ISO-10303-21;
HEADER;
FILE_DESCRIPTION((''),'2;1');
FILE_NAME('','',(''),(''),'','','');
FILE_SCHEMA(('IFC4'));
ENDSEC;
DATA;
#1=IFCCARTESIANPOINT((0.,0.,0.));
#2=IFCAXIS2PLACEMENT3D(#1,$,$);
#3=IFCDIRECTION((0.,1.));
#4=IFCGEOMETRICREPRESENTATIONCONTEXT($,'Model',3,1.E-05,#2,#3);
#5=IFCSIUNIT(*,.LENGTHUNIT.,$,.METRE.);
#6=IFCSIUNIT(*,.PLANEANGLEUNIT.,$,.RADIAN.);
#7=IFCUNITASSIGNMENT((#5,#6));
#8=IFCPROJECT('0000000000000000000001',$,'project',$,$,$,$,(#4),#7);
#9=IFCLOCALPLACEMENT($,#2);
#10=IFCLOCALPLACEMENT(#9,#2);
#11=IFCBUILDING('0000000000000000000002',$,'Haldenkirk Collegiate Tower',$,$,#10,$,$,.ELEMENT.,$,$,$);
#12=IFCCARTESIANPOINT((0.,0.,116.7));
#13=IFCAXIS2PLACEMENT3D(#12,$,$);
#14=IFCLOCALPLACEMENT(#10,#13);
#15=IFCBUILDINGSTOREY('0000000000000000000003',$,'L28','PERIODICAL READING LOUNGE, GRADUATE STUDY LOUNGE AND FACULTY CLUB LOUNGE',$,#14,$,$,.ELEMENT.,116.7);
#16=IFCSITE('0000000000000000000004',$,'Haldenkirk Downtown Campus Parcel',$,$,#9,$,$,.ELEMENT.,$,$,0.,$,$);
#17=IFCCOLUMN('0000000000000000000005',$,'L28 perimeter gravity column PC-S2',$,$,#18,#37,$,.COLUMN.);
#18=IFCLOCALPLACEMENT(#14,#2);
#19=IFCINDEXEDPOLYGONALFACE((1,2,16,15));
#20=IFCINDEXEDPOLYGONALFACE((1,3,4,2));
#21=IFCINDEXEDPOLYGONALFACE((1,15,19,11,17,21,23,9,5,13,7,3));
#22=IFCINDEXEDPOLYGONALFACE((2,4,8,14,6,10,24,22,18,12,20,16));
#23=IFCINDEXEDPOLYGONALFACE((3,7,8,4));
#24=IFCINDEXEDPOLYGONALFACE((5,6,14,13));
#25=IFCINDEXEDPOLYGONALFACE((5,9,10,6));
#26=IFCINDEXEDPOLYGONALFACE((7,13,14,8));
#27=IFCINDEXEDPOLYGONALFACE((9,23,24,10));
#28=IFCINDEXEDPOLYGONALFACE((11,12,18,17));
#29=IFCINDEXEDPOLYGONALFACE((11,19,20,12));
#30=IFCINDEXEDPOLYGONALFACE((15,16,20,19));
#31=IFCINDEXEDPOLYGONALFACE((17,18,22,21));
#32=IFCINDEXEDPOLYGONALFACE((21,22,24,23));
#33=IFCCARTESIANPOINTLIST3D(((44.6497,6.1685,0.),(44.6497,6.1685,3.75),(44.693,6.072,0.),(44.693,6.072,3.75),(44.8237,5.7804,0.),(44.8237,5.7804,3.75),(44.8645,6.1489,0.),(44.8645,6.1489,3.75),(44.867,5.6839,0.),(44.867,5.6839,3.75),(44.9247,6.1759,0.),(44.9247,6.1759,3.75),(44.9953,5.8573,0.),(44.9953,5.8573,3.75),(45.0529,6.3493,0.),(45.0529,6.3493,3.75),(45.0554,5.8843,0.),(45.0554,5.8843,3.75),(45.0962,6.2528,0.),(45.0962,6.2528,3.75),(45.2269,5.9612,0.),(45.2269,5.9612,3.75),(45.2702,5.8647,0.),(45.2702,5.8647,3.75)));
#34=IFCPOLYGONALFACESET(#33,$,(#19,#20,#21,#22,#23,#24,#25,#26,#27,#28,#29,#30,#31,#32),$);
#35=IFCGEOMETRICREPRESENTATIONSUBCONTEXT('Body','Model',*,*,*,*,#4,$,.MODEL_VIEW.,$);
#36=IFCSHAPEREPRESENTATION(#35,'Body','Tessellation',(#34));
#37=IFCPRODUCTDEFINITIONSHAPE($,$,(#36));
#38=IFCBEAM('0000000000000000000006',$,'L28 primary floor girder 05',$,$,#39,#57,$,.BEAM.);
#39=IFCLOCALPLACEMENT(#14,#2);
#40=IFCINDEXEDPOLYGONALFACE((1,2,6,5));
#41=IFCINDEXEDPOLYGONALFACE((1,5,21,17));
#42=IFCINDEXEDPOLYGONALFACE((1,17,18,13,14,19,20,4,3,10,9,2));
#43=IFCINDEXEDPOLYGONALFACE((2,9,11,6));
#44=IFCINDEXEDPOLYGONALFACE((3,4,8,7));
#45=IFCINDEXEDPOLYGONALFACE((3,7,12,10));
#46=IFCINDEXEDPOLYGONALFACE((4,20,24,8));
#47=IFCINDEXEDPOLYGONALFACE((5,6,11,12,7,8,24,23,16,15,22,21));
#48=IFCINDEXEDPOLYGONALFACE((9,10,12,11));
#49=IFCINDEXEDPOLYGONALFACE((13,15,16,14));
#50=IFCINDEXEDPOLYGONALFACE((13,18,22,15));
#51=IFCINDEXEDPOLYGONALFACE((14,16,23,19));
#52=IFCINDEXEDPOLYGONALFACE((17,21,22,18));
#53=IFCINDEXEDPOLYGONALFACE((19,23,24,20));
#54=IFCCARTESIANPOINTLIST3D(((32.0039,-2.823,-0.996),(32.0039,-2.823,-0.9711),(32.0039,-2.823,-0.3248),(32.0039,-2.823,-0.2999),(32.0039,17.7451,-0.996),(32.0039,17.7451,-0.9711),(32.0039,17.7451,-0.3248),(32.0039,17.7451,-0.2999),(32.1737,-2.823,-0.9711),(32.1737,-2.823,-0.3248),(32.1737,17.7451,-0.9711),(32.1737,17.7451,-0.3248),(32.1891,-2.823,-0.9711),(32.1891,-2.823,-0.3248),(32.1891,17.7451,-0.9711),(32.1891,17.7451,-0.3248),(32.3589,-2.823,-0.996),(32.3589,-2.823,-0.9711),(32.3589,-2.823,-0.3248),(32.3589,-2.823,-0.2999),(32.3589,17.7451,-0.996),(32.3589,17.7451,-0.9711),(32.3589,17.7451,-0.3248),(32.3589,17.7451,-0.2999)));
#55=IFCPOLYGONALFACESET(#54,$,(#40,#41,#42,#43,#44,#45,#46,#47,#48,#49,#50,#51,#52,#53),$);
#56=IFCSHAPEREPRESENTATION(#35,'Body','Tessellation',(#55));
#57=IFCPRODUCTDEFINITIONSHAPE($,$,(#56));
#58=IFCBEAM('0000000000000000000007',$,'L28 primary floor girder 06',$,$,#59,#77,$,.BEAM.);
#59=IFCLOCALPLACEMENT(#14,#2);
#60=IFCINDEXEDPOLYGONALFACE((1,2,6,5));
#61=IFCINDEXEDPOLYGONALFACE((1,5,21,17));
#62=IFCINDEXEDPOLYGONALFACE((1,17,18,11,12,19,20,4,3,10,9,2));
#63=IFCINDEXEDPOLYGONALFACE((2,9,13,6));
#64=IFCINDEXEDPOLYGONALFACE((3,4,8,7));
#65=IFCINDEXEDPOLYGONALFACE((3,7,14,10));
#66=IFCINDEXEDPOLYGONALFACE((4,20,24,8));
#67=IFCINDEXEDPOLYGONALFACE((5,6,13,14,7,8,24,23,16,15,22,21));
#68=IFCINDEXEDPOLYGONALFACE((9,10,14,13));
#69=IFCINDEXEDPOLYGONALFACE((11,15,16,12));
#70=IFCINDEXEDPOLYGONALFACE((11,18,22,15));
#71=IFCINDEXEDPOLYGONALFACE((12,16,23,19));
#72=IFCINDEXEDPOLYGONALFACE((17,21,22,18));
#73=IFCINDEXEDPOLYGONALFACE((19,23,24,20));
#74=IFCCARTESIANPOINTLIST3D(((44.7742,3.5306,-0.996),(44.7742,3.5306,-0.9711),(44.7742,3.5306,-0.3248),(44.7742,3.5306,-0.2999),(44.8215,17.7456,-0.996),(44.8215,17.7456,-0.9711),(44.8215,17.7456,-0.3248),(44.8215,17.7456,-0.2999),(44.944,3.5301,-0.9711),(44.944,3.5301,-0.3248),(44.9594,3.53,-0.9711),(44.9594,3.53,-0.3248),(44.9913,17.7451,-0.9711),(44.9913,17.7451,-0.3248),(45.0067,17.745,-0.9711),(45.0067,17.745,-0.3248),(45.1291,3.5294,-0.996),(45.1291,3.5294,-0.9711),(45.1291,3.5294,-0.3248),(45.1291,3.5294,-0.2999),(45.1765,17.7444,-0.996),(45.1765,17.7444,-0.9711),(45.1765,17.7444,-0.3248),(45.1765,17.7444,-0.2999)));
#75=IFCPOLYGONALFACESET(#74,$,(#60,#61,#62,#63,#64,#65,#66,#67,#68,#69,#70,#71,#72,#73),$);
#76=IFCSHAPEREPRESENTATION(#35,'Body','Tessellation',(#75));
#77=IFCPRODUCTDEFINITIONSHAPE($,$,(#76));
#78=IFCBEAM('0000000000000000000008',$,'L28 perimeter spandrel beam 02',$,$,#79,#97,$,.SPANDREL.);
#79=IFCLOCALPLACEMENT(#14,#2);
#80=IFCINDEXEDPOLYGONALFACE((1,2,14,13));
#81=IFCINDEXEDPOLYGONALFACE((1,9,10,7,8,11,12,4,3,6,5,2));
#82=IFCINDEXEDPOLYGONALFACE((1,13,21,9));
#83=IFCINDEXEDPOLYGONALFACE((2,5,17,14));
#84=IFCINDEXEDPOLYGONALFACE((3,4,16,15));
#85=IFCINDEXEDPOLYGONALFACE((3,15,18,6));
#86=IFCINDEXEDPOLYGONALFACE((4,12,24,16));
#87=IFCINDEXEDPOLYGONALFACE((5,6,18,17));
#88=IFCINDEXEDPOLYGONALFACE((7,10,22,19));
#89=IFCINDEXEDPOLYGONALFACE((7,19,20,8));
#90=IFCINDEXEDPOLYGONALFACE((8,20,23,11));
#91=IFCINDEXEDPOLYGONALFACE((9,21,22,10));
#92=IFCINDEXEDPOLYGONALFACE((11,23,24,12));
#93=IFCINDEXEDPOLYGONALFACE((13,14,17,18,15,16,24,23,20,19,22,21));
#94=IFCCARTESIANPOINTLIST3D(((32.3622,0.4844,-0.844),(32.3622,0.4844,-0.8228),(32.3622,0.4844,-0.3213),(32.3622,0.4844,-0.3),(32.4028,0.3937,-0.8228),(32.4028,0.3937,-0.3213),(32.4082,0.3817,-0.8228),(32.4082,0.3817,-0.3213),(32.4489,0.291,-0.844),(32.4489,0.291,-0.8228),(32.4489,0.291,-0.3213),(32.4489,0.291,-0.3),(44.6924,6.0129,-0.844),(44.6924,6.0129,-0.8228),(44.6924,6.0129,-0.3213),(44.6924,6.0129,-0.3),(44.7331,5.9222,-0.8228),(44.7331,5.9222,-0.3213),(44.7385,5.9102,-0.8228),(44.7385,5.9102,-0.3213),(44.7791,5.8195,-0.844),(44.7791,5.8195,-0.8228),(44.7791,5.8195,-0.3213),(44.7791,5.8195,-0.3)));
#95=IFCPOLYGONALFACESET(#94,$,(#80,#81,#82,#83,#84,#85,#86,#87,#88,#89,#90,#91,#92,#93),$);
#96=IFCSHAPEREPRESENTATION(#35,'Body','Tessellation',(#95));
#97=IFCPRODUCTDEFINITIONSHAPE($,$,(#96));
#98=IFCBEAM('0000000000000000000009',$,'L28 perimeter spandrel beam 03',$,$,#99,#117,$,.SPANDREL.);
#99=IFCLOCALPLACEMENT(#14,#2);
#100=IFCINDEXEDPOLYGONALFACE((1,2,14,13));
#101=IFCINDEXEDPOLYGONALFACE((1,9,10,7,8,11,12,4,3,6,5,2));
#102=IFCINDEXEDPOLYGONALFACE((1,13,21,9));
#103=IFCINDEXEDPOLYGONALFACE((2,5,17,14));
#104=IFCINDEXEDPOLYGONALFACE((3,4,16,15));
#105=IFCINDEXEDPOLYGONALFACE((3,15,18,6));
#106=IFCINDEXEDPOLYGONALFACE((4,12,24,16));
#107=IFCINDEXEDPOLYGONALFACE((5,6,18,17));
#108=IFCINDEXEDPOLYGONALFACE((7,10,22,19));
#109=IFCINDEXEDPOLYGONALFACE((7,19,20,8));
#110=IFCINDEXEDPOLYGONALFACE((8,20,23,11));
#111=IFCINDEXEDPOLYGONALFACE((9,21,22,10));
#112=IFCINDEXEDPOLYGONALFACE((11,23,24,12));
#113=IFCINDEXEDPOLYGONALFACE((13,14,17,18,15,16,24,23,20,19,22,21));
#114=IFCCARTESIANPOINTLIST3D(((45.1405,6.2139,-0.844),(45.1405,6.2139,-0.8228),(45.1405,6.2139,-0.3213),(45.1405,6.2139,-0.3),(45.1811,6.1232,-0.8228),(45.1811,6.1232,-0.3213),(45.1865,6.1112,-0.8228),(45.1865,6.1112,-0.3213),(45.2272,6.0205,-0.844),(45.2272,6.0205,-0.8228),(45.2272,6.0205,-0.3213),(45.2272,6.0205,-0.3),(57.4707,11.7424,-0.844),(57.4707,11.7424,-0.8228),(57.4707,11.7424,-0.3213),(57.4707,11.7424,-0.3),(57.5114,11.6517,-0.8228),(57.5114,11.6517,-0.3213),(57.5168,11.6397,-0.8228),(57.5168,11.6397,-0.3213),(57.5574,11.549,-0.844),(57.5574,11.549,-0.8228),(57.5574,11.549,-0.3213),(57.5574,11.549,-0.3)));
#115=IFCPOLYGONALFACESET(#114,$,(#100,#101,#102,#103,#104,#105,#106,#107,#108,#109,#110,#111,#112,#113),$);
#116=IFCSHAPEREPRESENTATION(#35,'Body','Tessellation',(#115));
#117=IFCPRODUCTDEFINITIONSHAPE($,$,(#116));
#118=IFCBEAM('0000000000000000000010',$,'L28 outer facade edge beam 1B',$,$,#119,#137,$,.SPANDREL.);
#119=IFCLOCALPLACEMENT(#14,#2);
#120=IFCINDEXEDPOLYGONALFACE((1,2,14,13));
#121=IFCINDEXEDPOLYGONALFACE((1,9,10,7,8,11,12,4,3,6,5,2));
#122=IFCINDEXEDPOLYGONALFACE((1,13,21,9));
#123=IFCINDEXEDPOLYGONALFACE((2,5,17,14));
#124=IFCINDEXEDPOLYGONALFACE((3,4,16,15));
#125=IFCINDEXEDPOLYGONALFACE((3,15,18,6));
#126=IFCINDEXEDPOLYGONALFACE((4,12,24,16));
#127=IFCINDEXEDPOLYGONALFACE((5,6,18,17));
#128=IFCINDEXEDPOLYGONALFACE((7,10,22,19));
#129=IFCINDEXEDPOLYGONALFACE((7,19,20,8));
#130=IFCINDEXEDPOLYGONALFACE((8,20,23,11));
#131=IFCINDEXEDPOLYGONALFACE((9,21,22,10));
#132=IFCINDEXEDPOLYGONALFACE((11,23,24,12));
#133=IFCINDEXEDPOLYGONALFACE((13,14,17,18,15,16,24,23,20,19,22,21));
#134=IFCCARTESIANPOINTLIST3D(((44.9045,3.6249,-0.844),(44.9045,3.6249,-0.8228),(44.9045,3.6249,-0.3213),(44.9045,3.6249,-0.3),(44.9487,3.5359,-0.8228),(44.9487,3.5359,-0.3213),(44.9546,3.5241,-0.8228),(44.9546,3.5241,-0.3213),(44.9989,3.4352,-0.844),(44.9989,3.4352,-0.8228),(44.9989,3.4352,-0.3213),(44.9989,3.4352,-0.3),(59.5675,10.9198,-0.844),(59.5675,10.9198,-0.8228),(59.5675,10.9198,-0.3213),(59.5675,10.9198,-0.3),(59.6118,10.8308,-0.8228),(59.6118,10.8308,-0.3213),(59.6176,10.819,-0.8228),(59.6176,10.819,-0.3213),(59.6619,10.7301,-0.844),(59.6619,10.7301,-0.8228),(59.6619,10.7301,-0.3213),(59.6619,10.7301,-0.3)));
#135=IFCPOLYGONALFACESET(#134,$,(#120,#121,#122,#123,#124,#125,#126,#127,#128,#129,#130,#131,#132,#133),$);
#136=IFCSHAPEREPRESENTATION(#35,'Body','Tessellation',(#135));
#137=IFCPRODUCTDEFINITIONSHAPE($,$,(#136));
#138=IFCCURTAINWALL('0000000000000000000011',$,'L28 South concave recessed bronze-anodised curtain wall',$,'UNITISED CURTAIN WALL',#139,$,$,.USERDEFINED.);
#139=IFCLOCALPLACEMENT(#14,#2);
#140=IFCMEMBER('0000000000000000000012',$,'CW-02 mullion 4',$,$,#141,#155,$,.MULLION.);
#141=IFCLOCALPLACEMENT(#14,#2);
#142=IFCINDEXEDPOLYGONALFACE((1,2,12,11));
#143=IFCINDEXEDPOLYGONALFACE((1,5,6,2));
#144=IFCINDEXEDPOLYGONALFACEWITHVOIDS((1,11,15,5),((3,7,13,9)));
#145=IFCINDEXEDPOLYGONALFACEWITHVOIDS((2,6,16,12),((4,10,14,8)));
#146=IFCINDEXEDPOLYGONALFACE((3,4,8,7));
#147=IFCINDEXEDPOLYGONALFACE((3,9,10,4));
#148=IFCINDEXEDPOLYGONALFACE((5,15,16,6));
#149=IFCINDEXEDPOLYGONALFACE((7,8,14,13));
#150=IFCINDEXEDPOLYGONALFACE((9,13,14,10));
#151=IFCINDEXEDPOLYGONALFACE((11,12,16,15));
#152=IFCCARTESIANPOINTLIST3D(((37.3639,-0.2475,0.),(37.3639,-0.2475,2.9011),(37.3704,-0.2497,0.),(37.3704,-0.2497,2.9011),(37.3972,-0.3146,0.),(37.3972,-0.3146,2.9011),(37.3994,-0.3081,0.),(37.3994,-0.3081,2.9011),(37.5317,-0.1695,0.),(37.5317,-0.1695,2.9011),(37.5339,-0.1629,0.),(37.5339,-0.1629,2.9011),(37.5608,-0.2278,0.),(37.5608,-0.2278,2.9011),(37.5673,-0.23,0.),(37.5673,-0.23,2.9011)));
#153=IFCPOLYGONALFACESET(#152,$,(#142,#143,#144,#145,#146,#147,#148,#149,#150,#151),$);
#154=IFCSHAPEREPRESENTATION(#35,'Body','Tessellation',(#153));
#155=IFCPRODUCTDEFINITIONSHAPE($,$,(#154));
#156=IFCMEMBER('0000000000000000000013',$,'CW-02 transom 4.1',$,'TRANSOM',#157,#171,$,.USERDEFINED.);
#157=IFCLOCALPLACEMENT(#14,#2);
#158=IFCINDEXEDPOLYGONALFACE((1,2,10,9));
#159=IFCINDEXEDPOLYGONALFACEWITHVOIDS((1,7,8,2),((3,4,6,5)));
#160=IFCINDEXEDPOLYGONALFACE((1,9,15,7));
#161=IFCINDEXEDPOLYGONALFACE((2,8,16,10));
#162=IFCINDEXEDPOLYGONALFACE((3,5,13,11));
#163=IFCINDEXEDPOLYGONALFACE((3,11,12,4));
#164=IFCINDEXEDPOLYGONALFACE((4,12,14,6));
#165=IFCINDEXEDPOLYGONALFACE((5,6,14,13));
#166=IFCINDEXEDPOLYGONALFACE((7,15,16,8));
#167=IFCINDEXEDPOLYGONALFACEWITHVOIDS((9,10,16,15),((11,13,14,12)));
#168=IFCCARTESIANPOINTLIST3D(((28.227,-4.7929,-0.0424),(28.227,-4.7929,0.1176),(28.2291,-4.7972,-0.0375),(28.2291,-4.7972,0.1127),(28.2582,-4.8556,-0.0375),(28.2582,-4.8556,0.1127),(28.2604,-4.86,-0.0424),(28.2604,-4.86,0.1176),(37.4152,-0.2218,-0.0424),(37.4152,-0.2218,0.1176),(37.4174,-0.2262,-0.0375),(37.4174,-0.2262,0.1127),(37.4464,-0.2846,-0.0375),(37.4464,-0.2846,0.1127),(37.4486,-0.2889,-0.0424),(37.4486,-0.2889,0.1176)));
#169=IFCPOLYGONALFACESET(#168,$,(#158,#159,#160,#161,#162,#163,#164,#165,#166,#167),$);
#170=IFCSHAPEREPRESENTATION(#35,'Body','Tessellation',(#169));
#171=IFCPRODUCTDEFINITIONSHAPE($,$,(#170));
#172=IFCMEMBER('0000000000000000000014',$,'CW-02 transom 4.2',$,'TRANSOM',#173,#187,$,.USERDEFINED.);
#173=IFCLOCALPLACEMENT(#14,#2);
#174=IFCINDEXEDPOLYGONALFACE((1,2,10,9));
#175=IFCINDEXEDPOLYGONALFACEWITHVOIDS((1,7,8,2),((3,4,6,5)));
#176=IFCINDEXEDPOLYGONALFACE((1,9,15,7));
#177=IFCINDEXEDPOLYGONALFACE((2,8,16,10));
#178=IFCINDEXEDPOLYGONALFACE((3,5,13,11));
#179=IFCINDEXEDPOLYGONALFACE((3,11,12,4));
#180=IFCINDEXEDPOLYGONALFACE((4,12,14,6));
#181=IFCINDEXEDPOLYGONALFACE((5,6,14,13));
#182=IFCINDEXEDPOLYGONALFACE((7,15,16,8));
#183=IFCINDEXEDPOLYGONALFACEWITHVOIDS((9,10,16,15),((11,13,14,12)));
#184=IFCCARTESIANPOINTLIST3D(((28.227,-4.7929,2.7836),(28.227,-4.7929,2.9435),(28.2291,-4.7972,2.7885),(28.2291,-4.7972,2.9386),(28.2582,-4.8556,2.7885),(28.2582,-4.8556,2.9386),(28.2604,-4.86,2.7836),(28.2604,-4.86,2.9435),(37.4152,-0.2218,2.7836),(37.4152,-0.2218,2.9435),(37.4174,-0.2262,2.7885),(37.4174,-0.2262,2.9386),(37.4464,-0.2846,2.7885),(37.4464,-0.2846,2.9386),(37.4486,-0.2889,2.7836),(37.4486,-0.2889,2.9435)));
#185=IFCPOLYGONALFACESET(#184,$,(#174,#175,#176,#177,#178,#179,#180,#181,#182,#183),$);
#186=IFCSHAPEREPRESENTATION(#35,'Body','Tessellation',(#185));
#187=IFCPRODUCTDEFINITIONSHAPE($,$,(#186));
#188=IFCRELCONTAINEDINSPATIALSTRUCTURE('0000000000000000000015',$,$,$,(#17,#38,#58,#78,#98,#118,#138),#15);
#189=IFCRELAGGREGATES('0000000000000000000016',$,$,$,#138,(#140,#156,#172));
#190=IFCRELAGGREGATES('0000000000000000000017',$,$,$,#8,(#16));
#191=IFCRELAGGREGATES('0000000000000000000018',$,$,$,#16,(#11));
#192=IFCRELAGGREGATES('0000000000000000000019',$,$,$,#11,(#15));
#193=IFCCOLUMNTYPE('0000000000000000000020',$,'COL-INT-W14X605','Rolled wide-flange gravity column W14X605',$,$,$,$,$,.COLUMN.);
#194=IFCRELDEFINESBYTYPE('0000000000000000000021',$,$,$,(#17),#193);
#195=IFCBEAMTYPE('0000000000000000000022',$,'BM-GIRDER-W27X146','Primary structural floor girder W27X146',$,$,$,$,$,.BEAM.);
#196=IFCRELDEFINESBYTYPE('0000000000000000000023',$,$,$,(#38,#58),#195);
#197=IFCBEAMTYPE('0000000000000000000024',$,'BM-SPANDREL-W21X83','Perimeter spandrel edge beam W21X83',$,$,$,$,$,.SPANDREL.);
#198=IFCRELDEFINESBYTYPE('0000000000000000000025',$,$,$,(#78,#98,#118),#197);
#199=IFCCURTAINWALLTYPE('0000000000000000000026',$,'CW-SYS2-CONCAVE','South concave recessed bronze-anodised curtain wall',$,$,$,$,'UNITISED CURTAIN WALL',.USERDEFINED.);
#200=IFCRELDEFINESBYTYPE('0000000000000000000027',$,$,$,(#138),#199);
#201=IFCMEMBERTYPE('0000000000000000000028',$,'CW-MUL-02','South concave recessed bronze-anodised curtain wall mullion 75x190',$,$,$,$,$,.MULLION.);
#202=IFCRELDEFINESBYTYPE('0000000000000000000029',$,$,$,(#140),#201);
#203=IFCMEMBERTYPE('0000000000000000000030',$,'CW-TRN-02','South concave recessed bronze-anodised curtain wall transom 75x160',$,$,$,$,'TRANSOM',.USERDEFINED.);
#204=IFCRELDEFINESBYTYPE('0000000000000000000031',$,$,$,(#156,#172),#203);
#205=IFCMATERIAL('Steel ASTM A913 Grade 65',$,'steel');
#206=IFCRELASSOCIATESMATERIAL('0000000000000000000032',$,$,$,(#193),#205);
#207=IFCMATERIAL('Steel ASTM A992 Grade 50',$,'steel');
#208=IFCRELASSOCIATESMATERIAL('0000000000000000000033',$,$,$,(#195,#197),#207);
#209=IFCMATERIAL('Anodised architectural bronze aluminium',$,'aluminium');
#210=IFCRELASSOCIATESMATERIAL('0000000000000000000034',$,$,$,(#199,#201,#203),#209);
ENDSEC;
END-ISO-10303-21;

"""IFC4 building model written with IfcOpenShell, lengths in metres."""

from ifc_helpers import new_model, si_unit, direction, frame, origin, origin_2d, place, context, subcontext, project, spatial, hollow_rectangle, i_section, extrude, material, material_profile, profile_set, type_object, element, aggregate, save


model = new_model("IFC4")

# Units and contexts
model_context = context("Model", 3, precision=1e-05, world=origin(), true_north=direction((0.0, 1.0)))
body_context = subcontext(model_context, "Body", "Model", "MODEL_VIEW")
ifc_project = project(units=[si_unit("LENGTHUNIT", "METRE"), si_unit("PLANEANGLEUNIT", "RADIAN")], contexts=[model_context])

# Site, building, storey
site_placement = place(None, origin())
site = spatial("IfcSite", under=ifc_project, at=site_placement, Name="Haldenkirk Downtown Campus Parcel", CompositionType="ELEMENT", RefElevation=0.0)
building_placement = place(site_placement, origin())
building = spatial("IfcBuilding", under=site, at=building_placement, Name="Haldenkirk Collegiate Tower", CompositionType="ELEMENT")
storey_placement = place(building_placement, frame((0.0, 0.0, 116.7)))
storey = spatial("IfcBuildingStorey", under=building, at=storey_placement, Name="L28", Description="PERIODICAL READING LOUNGE, GRADUATE STUDY LOUNGE AND FACULTY CLUB LOUNGE", CompositionType="ELEMENT", Elevation=116.7)

# Column
ifc_material_1 = material(Name="Steel ASTM A913 Grade 65", Category="steel")
ifc_material_profile_1 = material_profile(ifc_material_1, i_section(OverallWidth=0.4419, OverallDepth=0.531, WebThickness=0.0659, FlangeThickness=0.1057, at=origin_2d()), Name="W14X605")
ifc_profile_set_1 = profile_set([ifc_material_profile_1], Name="Steel ASTM A913 Grade 65")
column_type = type_object("IfcColumnType", Name="COL-INT-W14X605", Description="Rolled wide-flange gravity column W14X605", PredefinedType="COLUMN", material=ifc_profile_set_1)
column_placement = place(storey_placement, frame((44.96, 6.0166, 0.0), z_axis=(0.0, 0.0, 1.0), x_axis=(0.912477, 0.409127, 0.0)))
element("IfcColumn", 1, at=column_placement, inside=storey, type_object=column_type, Name="L28 perimeter gravity column PC-S2", PredefinedType="COLUMN", context=body_context, shape_type="SweptSolid", body=[
    extrude(i_section(OverallWidth=0.4419, OverallDepth=0.531, WebThickness=0.0659, FlangeThickness=0.1057, at=origin_2d()), origin(), (0.0, 0.0, 1.0), 3.75),
])

# Beams
ifc_material_2 = material(Name="Steel ASTM A992 Grade 50", Category="steel")
ifc_material_profile_2 = material_profile(ifc_material_2, i_section(OverallWidth=0.355, OverallDepth=0.696, WebThickness=0.0154, FlangeThickness=0.0249, at=origin_2d()), Name="W27X146")
ifc_profile_set_2 = profile_set([ifc_material_profile_2], Name="Steel ASTM A992 Grade 50")
beam_type_1 = type_object("IfcBeamType", Name="BM-GIRDER-W27X146", Description="Primary structural floor girder W27X146", PredefinedType="BEAM", material=ifc_profile_set_2)
beam_1_placement = place(storey_placement, frame((32.1814, -2.823, -0.6479), z_axis=(0.0, 1.0, 0.0), x_axis=(-1.0, 0.0, 0.0)))
element("IfcBeam", 2, at=beam_1_placement, inside=storey, type_object=beam_type_1, Name="L28 primary floor girder 05", PredefinedType="BEAM", context=body_context, shape_type="SweptSolid", body=[
    extrude(i_section(OverallWidth=0.355, OverallDepth=0.696, WebThickness=0.0154, FlangeThickness=0.0249, at=origin_2d()), origin(), (0.0, 0.0, 1.0), 20.5681),
])
beam_2_placement = place(storey_placement, frame((44.9517, 3.53, -0.6479), z_axis=(0.003332, 0.999994, 0.0), x_axis=(-0.999994, 0.003332, 0.0)))
element("IfcBeam", 3, at=beam_2_placement, inside=storey, type_object=beam_type_1, Name="L28 primary floor girder 06", PredefinedType="BEAM", context=body_context, shape_type="SweptSolid", body=[
    extrude(i_section(OverallWidth=0.355, OverallDepth=0.696, WebThickness=0.0154, FlangeThickness=0.0249, at=origin_2d()), origin(), (0.0, 0.0, 1.0), 14.2151),
])
ifc_material_profile_3 = material_profile(ifc_material_2, i_section(OverallWidth=0.2119, OverallDepth=0.5439, WebThickness=0.0132, FlangeThickness=0.0212, at=origin_2d()), Name="W21X83")
ifc_profile_set_3 = profile_set([ifc_material_profile_3], Name="Steel ASTM A992 Grade 50")
beam_type_2 = type_object("IfcBeamType", Name="BM-SPANDREL-W21X83", Description="Perimeter spandrel edge beam W21X83", PredefinedType="SPANDREL", material=ifc_profile_set_3)
for number, where, z_axis, x_axis, name in (
    (4, (32.4055, 0.3877, -0.572), (0.912477, 0.409129, 0.0), (-0.409129, 0.912477, 0.0), "L28 perimeter spandrel beam 02"),
    (5, (45.1838, 6.1172, -0.572), (0.912477, 0.409129, 0.0), (-0.409129, 0.912477, 0.0), "L28 perimeter spandrel beam 03"),
):
    element("IfcBeam", number, at=place(storey_placement, frame(where, z_axis=z_axis, x_axis=x_axis)), inside=storey, type_object=beam_type_2, Name=name, PredefinedType="SPANDREL", context=body_context, shape_type="SweptSolid", body=[
        extrude(i_section(OverallWidth=0.2119, OverallDepth=0.5439, WebThickness=0.0132, FlangeThickness=0.0212, at=origin_2d()), origin(), (0.0, 0.0, 1.0), 13.5129),
    ])
beam_3_placement = place(storey_placement, frame((44.9517, 3.53, -0.572), z_axis=(0.89532, 0.445424, 0.0), x_axis=(-0.445424, 0.89532, 0.0)))
element("IfcBeam", 6, at=beam_3_placement, inside=storey, type_object=beam_type_2, Name="L28 outer facade edge beam 1B", PredefinedType="SPANDREL", context=body_context, shape_type="SweptSolid", body=[
    extrude(i_section(OverallWidth=0.2119, OverallDepth=0.5439, WebThickness=0.0132, FlangeThickness=0.0212, at=origin_2d()), origin(), (0.0, 0.0, 1.0), 16.3774),
])

# Curtain wall, members
ifc_material_3 = material(Name="Anodised architectural bronze aluminium", Category="aluminium")
curtain_wall_type = type_object("IfcCurtainWallType", Name="CW-SYS2-CONCAVE", Description="South concave recessed bronze-anodised curtain wall", ElementType="UNITISED CURTAIN WALL", PredefinedType="USERDEFINED", material=ifc_material_3)
curtain_wall_placement = place(storey_placement, origin())
curtain_wall = element("IfcCurtainWall", 7, at=curtain_wall_placement, inside=storey, type_object=curtain_wall_type, Name="L28 South concave recessed bronze-anodised curtain wall", ObjectType="UNITISED CURTAIN WALL", PredefinedType="USERDEFINED")
ifc_material_profile_4 = material_profile(ifc_material_3, hollow_rectangle(XDim=0.075, YDim=0.1899, WallThickness=0.0049, at=origin_2d()), Name="CW-MUL-02")
ifc_profile_set_4 = profile_set([ifc_material_profile_4], Name="Anodised architectural bronze aluminium")
member_type_1 = type_object("IfcMemberType", Name="CW-MUL-02", Description="South concave recessed bronze-anodised curtain wall mullion 75x190", PredefinedType="MULLION", material=ifc_profile_set_4)
member_1_placement = place(storey_placement, frame((37.4656, -0.2388, 0.0), z_axis=(0.0, 0.0, 1.0), x_axis=(0.445415, -0.895324, 0.0)))
member_1 = element("IfcMember", 8, at=member_1_placement, type_object=member_type_1, Name="CW-02 mullion 4", PredefinedType="MULLION", context=body_context, shape_type="SweptSolid", body=[
    extrude(hollow_rectangle(XDim=0.075, YDim=0.1899, WallThickness=0.0049, at=origin_2d()), origin(), (0.0, 0.0, 1.0), 2.9011),
])
ifc_material_profile_5 = material_profile(ifc_material_3, hollow_rectangle(XDim=0.075, YDim=0.1599, WallThickness=0.0049, at=origin_2d()), Name="CW-TRN-02")
ifc_profile_set_5 = profile_set([ifc_material_profile_5], Name="Anodised architectural bronze aluminium")
member_type_2 = type_object("IfcMemberType", Name="CW-TRN-02", Description="South concave recessed bronze-anodised curtain wall transom 75x160", ElementType="TRANSOM", PredefinedType="USERDEFINED", material=ifc_profile_set_5)
member_2_placement = place(storey_placement, frame((37.4319, -0.2554, 0.0376), z_axis=(-0.895325, -0.445414, 0.0), x_axis=(0.445414, -0.895325, 0.0)))
member_2 = element("IfcMember", 9, at=member_2_placement, type_object=member_type_2, Name="CW-02 transom 4.1", ObjectType="TRANSOM", PredefinedType="USERDEFINED", context=body_context, shape_type="SweptSolid", body=[
    extrude(hollow_rectangle(XDim=0.075, YDim=0.1599, WallThickness=0.0049, at=origin_2d()), origin(), (0.0, 0.0, 1.0), 10.2625),
])
member_3_placement = place(storey_placement, frame((37.4319, -0.2554, 2.8635), z_axis=(-0.895325, -0.445414, 0.0), x_axis=(0.445414, -0.895325, 0.0)))
member_3 = element("IfcMember", 10, at=member_3_placement, type_object=member_type_2, Name="CW-02 transom 4.2", ObjectType="TRANSOM", PredefinedType="USERDEFINED", context=body_context, shape_type="SweptSolid", body=[
    extrude(hollow_rectangle(XDim=0.075, YDim=0.1599, WallThickness=0.0049, at=origin_2d()), origin(), (0.0, 0.0, 1.0), 10.2625),
])
aggregate(curtain_wall, [member_1, member_2, member_3])

save(model, "model.ifc")
